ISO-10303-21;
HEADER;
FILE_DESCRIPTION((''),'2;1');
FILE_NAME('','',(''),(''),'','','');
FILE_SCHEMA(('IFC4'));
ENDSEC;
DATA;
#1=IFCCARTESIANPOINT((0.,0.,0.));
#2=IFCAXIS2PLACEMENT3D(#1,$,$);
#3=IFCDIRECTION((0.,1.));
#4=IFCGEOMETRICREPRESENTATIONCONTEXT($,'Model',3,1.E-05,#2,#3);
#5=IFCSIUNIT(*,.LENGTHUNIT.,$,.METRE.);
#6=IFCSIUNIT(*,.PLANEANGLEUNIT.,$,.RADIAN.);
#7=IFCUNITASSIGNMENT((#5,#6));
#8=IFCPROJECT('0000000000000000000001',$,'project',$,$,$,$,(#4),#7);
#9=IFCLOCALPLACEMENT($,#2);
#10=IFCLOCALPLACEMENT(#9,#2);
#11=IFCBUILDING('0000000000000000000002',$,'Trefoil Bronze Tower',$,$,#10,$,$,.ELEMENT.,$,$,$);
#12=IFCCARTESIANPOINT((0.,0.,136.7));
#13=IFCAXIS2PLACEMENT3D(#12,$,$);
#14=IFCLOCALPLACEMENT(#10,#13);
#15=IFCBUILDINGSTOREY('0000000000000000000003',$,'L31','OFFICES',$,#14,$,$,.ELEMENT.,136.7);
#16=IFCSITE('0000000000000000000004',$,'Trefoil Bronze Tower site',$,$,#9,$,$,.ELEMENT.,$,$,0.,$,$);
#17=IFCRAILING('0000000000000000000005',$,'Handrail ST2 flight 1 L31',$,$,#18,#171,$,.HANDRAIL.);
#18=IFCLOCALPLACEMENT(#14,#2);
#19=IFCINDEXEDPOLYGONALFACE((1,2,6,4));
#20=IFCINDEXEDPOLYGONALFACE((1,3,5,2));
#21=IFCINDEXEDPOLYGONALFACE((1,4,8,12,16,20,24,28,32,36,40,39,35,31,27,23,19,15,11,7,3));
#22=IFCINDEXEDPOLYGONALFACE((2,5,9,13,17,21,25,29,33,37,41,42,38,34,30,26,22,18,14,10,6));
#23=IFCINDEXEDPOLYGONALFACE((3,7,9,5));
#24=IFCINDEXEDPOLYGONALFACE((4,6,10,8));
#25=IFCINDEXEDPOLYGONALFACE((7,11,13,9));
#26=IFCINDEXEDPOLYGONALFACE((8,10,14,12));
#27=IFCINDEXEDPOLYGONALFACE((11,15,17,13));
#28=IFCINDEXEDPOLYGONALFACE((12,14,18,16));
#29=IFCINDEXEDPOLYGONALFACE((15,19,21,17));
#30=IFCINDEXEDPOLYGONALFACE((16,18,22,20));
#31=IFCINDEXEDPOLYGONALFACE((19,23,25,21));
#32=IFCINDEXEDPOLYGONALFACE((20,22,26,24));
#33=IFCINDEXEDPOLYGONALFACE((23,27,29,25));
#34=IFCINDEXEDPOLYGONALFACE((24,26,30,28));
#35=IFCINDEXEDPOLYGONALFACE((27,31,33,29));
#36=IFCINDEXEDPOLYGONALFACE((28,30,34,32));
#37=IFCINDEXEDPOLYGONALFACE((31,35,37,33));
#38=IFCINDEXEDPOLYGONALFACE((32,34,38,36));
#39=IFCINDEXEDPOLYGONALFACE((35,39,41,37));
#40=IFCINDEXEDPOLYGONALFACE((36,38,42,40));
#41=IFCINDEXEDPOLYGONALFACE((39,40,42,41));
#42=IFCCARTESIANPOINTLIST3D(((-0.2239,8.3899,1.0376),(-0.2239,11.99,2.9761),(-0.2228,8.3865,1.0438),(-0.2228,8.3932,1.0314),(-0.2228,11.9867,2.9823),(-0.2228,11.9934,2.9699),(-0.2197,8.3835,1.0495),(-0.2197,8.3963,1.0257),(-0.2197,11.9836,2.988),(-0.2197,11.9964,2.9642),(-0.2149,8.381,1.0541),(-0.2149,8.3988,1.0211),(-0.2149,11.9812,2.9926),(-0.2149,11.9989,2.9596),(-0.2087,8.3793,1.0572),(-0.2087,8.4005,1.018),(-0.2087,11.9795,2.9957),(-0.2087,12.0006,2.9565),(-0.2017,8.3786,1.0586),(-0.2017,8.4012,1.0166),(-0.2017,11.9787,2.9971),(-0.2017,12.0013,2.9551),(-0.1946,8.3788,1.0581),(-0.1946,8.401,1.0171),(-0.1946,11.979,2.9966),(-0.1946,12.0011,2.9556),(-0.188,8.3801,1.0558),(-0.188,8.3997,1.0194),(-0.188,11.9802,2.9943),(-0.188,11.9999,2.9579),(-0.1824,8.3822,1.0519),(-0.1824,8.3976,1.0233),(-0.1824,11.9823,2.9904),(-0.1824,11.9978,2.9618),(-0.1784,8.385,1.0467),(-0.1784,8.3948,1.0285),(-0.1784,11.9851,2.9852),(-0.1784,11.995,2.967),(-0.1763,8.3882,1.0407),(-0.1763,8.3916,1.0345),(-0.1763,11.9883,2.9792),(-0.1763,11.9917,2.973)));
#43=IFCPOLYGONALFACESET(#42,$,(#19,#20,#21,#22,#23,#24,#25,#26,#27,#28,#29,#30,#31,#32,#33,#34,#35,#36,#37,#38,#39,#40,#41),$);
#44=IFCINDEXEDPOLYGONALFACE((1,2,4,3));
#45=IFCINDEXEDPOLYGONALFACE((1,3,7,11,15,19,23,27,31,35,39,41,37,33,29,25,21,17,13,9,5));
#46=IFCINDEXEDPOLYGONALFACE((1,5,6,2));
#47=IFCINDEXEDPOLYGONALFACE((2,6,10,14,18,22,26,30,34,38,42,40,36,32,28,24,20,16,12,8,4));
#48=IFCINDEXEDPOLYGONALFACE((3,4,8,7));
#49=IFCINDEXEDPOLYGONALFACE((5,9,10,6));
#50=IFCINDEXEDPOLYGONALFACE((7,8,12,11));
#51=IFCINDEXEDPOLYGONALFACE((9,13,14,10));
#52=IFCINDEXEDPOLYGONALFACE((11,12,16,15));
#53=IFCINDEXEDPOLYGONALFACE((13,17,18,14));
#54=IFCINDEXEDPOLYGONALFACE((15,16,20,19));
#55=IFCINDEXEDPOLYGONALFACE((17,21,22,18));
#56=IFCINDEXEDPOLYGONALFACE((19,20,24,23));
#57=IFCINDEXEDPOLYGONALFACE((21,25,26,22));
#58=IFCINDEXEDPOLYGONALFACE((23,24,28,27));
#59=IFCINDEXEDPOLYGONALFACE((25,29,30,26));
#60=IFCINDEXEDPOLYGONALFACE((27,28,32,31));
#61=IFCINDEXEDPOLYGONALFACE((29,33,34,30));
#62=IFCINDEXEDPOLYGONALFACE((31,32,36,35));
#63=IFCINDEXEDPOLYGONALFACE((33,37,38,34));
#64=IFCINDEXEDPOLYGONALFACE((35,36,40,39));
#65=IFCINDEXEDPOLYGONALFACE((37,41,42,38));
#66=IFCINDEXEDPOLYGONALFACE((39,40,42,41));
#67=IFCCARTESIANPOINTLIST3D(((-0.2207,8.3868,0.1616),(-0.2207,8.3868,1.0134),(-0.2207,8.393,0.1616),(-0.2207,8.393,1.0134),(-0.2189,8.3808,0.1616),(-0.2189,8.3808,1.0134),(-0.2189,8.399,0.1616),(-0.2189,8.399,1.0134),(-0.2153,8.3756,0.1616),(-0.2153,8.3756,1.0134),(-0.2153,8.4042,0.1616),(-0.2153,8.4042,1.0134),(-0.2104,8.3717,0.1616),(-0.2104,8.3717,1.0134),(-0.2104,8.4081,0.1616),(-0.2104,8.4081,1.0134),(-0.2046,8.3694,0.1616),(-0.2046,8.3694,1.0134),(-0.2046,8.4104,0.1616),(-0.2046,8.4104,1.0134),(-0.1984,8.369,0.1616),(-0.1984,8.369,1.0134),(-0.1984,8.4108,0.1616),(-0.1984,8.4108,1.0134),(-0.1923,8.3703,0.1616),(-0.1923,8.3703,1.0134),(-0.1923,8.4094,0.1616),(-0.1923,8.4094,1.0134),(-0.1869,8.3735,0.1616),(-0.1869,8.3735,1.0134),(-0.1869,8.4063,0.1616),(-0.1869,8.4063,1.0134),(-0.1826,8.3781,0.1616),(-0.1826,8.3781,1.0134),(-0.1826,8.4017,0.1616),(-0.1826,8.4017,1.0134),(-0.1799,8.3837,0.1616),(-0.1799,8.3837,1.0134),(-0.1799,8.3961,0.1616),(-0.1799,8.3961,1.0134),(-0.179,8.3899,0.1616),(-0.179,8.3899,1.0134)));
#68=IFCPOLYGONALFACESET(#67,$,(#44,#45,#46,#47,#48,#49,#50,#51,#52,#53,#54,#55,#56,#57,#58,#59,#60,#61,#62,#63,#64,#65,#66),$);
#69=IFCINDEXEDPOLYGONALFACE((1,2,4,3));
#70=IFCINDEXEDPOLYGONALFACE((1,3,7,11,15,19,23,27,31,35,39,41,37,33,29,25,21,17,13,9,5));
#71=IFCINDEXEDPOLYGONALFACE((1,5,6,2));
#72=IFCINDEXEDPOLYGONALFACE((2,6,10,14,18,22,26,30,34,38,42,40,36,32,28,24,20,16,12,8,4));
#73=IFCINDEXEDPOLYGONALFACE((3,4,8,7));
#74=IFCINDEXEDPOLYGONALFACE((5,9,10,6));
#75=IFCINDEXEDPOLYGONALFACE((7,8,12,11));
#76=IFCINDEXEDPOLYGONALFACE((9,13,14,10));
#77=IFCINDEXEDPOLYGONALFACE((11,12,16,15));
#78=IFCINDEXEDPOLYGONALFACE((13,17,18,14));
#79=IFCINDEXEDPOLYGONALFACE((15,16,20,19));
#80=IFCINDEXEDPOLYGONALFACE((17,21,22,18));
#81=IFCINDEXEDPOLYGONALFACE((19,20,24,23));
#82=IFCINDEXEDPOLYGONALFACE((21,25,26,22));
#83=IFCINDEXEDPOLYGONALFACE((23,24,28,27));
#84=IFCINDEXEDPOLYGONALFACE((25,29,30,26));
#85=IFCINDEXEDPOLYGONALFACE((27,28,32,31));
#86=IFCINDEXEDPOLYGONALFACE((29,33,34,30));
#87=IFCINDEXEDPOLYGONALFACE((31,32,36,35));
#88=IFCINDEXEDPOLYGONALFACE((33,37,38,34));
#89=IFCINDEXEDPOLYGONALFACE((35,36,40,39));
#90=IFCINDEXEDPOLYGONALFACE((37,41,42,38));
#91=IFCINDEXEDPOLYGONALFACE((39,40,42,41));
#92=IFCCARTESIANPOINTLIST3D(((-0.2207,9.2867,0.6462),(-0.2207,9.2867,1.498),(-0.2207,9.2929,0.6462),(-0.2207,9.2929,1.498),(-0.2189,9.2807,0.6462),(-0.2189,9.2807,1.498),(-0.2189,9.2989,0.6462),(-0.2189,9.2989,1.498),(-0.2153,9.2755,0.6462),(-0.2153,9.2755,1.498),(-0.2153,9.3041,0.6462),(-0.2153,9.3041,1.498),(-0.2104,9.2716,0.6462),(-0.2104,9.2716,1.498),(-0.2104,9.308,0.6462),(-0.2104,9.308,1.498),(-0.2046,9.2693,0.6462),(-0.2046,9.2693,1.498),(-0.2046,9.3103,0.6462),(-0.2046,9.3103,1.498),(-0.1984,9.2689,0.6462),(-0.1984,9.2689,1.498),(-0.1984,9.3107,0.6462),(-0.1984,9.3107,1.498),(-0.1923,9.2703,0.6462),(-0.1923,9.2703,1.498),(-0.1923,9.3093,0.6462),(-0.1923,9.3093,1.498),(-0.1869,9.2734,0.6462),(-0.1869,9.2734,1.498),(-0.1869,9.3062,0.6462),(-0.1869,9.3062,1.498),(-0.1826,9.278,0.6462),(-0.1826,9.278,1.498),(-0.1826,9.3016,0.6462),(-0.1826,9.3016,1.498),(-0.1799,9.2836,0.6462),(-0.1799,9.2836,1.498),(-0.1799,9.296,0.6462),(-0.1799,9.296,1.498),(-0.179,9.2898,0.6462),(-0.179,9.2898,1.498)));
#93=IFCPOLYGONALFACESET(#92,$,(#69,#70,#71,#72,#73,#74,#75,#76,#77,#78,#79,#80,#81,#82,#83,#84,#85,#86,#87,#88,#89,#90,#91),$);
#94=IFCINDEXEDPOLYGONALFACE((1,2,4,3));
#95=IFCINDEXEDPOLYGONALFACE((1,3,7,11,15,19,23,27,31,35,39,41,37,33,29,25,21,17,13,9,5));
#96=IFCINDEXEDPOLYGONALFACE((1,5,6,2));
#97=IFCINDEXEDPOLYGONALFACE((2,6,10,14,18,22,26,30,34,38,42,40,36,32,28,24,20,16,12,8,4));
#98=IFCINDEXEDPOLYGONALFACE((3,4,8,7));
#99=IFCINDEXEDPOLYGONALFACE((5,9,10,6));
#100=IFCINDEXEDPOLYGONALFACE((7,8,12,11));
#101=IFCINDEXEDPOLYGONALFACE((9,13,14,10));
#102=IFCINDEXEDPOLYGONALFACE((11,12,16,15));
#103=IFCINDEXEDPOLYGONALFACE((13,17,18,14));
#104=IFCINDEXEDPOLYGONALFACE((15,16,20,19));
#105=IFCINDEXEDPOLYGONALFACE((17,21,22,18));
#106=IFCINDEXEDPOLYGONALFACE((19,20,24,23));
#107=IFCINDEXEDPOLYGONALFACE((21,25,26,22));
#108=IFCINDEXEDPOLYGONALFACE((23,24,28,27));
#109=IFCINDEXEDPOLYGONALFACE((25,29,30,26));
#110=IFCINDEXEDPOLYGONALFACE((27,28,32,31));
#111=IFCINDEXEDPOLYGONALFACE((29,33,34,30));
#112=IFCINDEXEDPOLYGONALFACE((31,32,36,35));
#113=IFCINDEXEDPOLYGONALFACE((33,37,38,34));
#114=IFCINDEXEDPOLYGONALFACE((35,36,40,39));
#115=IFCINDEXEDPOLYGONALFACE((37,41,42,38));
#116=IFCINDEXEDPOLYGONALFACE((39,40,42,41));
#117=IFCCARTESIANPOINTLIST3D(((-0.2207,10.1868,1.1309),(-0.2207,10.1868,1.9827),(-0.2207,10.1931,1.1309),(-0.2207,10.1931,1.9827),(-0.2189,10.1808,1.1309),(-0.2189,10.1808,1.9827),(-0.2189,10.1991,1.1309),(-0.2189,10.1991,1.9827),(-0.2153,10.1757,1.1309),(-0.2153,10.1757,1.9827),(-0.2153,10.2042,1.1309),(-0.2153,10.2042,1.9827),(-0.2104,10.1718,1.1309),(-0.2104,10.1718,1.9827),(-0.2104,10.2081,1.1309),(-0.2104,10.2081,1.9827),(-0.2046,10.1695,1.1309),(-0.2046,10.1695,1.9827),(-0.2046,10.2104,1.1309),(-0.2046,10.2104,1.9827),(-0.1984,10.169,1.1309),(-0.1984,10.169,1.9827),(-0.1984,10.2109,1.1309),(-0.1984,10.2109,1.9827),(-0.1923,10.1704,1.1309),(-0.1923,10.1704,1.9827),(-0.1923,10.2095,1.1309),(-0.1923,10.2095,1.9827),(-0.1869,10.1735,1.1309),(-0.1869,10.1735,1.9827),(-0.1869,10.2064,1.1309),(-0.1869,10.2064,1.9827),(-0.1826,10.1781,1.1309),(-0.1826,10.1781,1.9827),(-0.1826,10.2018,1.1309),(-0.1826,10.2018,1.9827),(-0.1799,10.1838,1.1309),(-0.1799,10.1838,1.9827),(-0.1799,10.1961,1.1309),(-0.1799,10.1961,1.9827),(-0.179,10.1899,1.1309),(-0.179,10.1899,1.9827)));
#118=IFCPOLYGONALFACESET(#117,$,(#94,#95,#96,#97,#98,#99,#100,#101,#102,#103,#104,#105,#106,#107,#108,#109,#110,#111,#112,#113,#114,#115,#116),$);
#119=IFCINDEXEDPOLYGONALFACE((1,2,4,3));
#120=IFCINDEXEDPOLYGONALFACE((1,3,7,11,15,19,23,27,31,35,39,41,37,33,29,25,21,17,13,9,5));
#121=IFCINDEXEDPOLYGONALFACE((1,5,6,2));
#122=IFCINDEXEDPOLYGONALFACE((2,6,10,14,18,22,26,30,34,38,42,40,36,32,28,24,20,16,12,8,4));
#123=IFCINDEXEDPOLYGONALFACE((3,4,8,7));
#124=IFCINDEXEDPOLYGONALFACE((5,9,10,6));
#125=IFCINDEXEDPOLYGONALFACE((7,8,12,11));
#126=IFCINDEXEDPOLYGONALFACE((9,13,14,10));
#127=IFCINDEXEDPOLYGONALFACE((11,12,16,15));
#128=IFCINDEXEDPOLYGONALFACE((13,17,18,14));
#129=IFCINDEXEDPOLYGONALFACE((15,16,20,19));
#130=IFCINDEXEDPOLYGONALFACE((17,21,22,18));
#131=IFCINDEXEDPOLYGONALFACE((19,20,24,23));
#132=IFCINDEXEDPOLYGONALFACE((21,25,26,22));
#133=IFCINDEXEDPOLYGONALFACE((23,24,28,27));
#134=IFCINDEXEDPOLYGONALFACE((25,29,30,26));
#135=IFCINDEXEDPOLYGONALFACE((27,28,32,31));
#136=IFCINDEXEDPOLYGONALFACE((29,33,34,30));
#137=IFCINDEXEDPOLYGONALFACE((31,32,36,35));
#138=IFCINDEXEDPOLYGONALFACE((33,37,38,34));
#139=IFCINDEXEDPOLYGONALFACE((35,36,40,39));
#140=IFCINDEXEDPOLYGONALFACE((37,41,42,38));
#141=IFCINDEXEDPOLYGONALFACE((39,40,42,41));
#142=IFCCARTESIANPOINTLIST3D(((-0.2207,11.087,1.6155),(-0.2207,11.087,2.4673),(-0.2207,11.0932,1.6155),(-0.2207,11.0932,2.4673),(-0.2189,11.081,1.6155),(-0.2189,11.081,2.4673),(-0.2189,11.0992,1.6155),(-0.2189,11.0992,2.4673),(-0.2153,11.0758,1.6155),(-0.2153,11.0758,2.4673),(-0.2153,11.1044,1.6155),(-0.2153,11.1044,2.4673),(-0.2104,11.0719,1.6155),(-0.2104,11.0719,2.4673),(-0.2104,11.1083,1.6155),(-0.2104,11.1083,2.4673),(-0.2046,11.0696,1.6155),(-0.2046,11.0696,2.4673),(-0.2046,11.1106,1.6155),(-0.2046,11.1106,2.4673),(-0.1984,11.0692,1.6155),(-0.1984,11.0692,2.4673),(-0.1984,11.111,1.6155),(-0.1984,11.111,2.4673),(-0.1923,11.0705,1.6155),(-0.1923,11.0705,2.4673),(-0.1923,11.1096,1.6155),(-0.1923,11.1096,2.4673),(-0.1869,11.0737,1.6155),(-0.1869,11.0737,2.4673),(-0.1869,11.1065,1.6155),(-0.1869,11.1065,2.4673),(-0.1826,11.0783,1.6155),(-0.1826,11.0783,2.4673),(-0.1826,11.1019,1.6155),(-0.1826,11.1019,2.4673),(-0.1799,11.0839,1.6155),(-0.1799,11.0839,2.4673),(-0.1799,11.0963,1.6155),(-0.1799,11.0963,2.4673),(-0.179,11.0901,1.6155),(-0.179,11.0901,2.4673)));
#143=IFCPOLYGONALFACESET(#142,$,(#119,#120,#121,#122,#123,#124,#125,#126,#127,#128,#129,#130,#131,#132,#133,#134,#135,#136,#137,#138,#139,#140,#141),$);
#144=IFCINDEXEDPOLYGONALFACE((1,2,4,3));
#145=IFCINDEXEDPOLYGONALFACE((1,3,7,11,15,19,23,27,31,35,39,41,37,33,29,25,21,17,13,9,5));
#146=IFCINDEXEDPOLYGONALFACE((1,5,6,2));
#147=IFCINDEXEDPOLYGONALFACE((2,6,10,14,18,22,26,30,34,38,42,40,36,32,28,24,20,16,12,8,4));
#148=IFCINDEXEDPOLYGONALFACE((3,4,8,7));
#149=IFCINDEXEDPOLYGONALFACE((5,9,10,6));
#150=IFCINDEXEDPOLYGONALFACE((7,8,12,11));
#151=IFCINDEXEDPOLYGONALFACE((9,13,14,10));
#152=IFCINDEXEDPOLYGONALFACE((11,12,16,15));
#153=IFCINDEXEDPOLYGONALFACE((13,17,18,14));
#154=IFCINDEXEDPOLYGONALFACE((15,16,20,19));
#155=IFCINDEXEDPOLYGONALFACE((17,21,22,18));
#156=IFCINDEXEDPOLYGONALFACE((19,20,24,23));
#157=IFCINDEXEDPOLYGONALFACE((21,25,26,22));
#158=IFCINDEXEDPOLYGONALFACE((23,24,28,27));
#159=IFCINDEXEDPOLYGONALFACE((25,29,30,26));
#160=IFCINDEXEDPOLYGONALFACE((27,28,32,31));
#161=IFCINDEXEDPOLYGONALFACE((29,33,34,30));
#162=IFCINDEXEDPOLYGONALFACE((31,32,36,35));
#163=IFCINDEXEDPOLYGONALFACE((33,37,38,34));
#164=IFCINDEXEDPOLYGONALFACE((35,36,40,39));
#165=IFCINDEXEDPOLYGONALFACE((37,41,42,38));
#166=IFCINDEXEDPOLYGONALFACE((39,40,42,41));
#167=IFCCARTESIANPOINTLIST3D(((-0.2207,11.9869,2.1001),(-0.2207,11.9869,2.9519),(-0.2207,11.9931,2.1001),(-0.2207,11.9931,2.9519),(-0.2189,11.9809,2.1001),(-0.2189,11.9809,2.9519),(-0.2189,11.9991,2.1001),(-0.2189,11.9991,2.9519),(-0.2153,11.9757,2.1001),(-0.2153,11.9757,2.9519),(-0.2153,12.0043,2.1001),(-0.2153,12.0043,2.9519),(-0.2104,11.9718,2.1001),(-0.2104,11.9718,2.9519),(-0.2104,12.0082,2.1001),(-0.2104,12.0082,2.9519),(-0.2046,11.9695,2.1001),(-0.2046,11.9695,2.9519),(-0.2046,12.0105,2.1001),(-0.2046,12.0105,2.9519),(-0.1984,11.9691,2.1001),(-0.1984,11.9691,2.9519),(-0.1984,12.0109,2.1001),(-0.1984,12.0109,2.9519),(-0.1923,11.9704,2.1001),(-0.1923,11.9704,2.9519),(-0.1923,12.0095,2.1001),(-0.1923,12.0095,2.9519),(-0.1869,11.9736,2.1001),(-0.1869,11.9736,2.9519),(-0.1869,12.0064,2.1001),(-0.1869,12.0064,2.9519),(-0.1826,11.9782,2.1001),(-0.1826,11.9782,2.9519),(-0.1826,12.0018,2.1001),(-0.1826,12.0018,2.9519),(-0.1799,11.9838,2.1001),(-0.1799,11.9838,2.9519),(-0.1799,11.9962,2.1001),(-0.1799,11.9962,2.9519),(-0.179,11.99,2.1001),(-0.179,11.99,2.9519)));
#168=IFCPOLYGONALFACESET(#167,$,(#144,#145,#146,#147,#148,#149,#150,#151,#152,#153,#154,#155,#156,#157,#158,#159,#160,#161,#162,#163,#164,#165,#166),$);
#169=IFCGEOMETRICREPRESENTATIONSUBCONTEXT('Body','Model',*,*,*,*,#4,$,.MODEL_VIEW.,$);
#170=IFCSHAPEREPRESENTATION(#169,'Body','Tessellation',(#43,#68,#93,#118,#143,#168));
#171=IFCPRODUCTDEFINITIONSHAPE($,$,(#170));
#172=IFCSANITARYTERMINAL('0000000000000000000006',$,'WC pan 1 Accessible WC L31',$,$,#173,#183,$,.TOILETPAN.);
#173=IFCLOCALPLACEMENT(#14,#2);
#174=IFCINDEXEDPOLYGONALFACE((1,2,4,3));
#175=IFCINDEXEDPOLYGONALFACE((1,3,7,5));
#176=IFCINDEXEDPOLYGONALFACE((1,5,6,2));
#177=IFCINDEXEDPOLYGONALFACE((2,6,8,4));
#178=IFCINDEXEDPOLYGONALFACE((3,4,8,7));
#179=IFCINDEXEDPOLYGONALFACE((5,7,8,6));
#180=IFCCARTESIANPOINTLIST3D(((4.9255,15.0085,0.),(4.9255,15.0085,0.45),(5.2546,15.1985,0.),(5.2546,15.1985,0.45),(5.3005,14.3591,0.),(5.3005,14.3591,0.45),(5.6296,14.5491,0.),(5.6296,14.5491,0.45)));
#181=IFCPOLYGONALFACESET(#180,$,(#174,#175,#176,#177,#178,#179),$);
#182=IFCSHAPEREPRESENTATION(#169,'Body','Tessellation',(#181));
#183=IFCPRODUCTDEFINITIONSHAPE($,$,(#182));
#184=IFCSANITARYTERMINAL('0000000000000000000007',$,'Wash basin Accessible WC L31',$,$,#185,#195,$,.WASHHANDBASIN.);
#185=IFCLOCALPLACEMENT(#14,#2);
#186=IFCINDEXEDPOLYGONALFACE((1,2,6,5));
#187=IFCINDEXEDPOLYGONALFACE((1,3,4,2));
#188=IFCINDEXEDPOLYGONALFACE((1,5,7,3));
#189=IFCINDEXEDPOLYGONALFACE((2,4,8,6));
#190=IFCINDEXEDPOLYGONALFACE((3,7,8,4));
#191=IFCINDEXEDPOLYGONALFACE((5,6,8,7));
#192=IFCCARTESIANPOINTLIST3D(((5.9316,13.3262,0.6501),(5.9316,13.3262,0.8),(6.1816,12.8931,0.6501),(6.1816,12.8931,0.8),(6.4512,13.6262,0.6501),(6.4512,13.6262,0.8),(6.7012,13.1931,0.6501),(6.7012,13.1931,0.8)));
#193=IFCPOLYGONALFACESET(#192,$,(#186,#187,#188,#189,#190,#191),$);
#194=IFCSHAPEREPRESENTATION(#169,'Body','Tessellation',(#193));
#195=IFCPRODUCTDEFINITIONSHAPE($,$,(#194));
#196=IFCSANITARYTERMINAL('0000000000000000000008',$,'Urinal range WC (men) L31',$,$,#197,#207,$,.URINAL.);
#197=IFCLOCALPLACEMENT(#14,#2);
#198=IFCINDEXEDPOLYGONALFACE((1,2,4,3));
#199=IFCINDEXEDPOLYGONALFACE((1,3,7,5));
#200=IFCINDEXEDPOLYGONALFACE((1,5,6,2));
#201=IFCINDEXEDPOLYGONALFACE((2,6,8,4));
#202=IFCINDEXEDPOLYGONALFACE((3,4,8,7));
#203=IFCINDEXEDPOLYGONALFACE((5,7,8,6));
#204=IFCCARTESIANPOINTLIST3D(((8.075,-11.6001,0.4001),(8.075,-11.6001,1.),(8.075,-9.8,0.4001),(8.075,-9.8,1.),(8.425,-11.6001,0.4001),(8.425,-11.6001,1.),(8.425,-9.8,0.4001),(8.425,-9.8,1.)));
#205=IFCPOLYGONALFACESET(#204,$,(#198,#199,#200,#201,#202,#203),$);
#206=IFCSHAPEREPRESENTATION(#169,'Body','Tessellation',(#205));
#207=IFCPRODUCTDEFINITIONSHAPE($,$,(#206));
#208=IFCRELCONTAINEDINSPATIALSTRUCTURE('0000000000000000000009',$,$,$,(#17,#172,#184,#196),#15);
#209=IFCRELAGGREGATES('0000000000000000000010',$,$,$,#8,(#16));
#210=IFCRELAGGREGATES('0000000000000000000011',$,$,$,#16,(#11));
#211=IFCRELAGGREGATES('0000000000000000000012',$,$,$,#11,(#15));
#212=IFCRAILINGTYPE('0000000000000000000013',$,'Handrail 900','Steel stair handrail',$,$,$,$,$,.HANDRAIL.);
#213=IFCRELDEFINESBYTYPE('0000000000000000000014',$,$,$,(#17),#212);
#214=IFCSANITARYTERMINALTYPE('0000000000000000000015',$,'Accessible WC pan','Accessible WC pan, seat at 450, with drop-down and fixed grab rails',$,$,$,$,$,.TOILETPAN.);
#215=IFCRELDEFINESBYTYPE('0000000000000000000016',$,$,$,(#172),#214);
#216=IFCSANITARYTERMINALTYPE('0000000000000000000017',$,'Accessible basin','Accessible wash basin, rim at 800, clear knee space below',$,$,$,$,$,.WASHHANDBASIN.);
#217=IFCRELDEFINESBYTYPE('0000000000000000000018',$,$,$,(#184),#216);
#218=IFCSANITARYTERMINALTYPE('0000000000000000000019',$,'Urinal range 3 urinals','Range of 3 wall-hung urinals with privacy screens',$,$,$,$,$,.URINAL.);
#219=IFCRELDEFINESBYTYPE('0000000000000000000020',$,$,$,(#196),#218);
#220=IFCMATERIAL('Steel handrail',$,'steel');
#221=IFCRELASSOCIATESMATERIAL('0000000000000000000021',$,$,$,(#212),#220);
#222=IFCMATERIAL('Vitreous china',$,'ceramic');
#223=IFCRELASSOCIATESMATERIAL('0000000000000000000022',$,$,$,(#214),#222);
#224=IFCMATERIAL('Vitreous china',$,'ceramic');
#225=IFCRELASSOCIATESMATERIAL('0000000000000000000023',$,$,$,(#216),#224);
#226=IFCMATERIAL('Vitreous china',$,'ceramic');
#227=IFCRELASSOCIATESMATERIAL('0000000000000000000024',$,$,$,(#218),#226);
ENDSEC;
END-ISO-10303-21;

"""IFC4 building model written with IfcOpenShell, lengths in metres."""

from ifc_helpers import new_model, si_unit, direction, frame, origin, origin_2d, place, context, subcontext, project, spatial, polyline, circle, outline, extrude, material, type_object, element, save


model = new_model("IFC4")

# Units and contexts
model_context = context("Model", 3, precision=1e-05, world=origin(), true_north=direction((0.0, 1.0)))
body_context = subcontext(model_context, "Body", "Model", "MODEL_VIEW")
ifc_project = project(units=[si_unit("LENGTHUNIT", "METRE"), si_unit("PLANEANGLEUNIT", "RADIAN")], contexts=[model_context])

# Site, building, storey
site_placement = place(None, origin())
site = spatial("IfcSite", under=ifc_project, at=site_placement, Name="Trefoil Bronze Tower site", CompositionType="ELEMENT", RefElevation=0.0)
building_placement = place(site_placement, origin())
building = spatial("IfcBuilding", under=site, at=building_placement, Name="Trefoil Bronze Tower", CompositionType="ELEMENT")
storey_placement = place(building_placement, frame((0.0, 0.0, 136.7)))
storey = spatial("IfcBuildingStorey", under=building, at=storey_placement, Name="L31", Description="OFFICES", CompositionType="ELEMENT", Elevation=136.7)

# Railing
ifc_material_1 = material(Name="Steel handrail", Category="steel")
railing_type = type_object("IfcRailingType", Name="Handrail 900", Description="Steel stair handrail", PredefinedType="HANDRAIL", material=ifc_material_1)
railing_placement = place(storey_placement, frame((-0.2, 8.3899, 0.1616)))
element("IfcRailing", 1, at=railing_placement, inside=storey, type_object=railing_type, Name="Handrail ST2 flight 1 L31", PredefinedType="HANDRAIL", context=body_context, shape_type="SweptSolid", body=[
    extrude(circle(Radius=0.0239, at=origin_2d()), frame((0.0, 0.0, 0.876), z_axis=(0.0, 0.880475, 0.474093), x_axis=(-1.0, 0.0, 0.0)), (0.0, 0.0, 1.0), 4.0889),
    extrude(circle(Radius=0.021, at=origin_2d()), origin(), (0.0, 0.0, 1.0), 0.8518),
    extrude(circle(Radius=0.021, at=origin_2d()), frame((0.0, 0.8999, 0.4846)), (0.0, 0.0, 1.0), 0.8518),
    extrude(circle(Radius=0.021, at=origin_2d()), frame((0.0, 1.8, 0.9692)), (0.0, 0.0, 1.0), 0.8518),
    extrude(circle(Radius=0.021, at=origin_2d()), frame((0.0, 2.7002, 1.4539)), (0.0, 0.0, 1.0), 0.8518),
    extrude(circle(Radius=0.021, at=origin_2d()), frame((0.0, 3.6001, 1.9385)), (0.0, 0.0, 1.0), 0.8518),
])

# Sanitary terminals
ifc_material_2 = material(Name="Vitreous china", Category="ceramic")
sanitary_terminal_type_1 = type_object("IfcSanitaryTerminalType", Name="Accessible WC pan", Description="Accessible WC pan, seat at 450, with drop-down and fixed grab rails", PredefinedType="TOILETPAN", material=ifc_material_2)
sanitary_terminal_1_placement = place(storey_placement, origin())
element("IfcSanitaryTerminal", 2, at=sanitary_terminal_1_placement, inside=storey, type_object=sanitary_terminal_type_1, Name="WC pan 1 Accessible WC L31", PredefinedType="TOILETPAN", context=body_context, shape_type="SweptSolid", body=[
    extrude(outline(polyline([(5.3005, 14.3591), (4.9255, 15.0085), (5.2546, 15.1985), (5.6296, 14.5491), (5.3005, 14.3591)])), origin(), (0.0, 0.0, 1.0), 0.45),
])
ifc_material_3 = material(Name="Vitreous china", Category="ceramic")
sanitary_terminal_type_2 = type_object("IfcSanitaryTerminalType", Name="Accessible basin", Description="Accessible wash basin, rim at 800, clear knee space below", PredefinedType="WASHHANDBASIN", material=ifc_material_3)
sanitary_terminal_2_placement = place(storey_placement, frame((0.0, 0.0, 0.6501)))
element("IfcSanitaryTerminal", 3, at=sanitary_terminal_2_placement, inside=storey, type_object=sanitary_terminal_type_2, Name="Wash basin Accessible WC L31", PredefinedType="WASHHANDBASIN", context=body_context, shape_type="SweptSolid", body=[
    extrude(outline(polyline([(6.1816, 12.8931), (5.9316, 13.3262), (6.4512, 13.6262), (6.7012, 13.1931), (6.1816, 12.8931)])), origin(), (0.0, 0.0, 1.0), 0.1499),
])
ifc_material_4 = material(Name="Vitreous china", Category="ceramic")
sanitary_terminal_type_3 = type_object("IfcSanitaryTerminalType", Name="Urinal range 3 urinals", Description="Range of 3 wall-hung urinals with privacy screens", PredefinedType="URINAL", material=ifc_material_4)
sanitary_terminal_3_placement = place(storey_placement, frame((0.0, 0.0, 0.4001)))
element("IfcSanitaryTerminal", 4, at=sanitary_terminal_3_placement, inside=storey, type_object=sanitary_terminal_type_3, Name="Urinal range WC (men) L31", PredefinedType="URINAL", context=body_context, shape_type="SweptSolid", body=[
    extrude(outline(polyline([(8.075, -9.8), (8.425, -9.8), (8.425, -11.6001), (8.075, -11.6001), (8.075, -9.8)])), origin(), (0.0, 0.0, 1.0), 0.5999),
])

save(model, "model.ifc")
